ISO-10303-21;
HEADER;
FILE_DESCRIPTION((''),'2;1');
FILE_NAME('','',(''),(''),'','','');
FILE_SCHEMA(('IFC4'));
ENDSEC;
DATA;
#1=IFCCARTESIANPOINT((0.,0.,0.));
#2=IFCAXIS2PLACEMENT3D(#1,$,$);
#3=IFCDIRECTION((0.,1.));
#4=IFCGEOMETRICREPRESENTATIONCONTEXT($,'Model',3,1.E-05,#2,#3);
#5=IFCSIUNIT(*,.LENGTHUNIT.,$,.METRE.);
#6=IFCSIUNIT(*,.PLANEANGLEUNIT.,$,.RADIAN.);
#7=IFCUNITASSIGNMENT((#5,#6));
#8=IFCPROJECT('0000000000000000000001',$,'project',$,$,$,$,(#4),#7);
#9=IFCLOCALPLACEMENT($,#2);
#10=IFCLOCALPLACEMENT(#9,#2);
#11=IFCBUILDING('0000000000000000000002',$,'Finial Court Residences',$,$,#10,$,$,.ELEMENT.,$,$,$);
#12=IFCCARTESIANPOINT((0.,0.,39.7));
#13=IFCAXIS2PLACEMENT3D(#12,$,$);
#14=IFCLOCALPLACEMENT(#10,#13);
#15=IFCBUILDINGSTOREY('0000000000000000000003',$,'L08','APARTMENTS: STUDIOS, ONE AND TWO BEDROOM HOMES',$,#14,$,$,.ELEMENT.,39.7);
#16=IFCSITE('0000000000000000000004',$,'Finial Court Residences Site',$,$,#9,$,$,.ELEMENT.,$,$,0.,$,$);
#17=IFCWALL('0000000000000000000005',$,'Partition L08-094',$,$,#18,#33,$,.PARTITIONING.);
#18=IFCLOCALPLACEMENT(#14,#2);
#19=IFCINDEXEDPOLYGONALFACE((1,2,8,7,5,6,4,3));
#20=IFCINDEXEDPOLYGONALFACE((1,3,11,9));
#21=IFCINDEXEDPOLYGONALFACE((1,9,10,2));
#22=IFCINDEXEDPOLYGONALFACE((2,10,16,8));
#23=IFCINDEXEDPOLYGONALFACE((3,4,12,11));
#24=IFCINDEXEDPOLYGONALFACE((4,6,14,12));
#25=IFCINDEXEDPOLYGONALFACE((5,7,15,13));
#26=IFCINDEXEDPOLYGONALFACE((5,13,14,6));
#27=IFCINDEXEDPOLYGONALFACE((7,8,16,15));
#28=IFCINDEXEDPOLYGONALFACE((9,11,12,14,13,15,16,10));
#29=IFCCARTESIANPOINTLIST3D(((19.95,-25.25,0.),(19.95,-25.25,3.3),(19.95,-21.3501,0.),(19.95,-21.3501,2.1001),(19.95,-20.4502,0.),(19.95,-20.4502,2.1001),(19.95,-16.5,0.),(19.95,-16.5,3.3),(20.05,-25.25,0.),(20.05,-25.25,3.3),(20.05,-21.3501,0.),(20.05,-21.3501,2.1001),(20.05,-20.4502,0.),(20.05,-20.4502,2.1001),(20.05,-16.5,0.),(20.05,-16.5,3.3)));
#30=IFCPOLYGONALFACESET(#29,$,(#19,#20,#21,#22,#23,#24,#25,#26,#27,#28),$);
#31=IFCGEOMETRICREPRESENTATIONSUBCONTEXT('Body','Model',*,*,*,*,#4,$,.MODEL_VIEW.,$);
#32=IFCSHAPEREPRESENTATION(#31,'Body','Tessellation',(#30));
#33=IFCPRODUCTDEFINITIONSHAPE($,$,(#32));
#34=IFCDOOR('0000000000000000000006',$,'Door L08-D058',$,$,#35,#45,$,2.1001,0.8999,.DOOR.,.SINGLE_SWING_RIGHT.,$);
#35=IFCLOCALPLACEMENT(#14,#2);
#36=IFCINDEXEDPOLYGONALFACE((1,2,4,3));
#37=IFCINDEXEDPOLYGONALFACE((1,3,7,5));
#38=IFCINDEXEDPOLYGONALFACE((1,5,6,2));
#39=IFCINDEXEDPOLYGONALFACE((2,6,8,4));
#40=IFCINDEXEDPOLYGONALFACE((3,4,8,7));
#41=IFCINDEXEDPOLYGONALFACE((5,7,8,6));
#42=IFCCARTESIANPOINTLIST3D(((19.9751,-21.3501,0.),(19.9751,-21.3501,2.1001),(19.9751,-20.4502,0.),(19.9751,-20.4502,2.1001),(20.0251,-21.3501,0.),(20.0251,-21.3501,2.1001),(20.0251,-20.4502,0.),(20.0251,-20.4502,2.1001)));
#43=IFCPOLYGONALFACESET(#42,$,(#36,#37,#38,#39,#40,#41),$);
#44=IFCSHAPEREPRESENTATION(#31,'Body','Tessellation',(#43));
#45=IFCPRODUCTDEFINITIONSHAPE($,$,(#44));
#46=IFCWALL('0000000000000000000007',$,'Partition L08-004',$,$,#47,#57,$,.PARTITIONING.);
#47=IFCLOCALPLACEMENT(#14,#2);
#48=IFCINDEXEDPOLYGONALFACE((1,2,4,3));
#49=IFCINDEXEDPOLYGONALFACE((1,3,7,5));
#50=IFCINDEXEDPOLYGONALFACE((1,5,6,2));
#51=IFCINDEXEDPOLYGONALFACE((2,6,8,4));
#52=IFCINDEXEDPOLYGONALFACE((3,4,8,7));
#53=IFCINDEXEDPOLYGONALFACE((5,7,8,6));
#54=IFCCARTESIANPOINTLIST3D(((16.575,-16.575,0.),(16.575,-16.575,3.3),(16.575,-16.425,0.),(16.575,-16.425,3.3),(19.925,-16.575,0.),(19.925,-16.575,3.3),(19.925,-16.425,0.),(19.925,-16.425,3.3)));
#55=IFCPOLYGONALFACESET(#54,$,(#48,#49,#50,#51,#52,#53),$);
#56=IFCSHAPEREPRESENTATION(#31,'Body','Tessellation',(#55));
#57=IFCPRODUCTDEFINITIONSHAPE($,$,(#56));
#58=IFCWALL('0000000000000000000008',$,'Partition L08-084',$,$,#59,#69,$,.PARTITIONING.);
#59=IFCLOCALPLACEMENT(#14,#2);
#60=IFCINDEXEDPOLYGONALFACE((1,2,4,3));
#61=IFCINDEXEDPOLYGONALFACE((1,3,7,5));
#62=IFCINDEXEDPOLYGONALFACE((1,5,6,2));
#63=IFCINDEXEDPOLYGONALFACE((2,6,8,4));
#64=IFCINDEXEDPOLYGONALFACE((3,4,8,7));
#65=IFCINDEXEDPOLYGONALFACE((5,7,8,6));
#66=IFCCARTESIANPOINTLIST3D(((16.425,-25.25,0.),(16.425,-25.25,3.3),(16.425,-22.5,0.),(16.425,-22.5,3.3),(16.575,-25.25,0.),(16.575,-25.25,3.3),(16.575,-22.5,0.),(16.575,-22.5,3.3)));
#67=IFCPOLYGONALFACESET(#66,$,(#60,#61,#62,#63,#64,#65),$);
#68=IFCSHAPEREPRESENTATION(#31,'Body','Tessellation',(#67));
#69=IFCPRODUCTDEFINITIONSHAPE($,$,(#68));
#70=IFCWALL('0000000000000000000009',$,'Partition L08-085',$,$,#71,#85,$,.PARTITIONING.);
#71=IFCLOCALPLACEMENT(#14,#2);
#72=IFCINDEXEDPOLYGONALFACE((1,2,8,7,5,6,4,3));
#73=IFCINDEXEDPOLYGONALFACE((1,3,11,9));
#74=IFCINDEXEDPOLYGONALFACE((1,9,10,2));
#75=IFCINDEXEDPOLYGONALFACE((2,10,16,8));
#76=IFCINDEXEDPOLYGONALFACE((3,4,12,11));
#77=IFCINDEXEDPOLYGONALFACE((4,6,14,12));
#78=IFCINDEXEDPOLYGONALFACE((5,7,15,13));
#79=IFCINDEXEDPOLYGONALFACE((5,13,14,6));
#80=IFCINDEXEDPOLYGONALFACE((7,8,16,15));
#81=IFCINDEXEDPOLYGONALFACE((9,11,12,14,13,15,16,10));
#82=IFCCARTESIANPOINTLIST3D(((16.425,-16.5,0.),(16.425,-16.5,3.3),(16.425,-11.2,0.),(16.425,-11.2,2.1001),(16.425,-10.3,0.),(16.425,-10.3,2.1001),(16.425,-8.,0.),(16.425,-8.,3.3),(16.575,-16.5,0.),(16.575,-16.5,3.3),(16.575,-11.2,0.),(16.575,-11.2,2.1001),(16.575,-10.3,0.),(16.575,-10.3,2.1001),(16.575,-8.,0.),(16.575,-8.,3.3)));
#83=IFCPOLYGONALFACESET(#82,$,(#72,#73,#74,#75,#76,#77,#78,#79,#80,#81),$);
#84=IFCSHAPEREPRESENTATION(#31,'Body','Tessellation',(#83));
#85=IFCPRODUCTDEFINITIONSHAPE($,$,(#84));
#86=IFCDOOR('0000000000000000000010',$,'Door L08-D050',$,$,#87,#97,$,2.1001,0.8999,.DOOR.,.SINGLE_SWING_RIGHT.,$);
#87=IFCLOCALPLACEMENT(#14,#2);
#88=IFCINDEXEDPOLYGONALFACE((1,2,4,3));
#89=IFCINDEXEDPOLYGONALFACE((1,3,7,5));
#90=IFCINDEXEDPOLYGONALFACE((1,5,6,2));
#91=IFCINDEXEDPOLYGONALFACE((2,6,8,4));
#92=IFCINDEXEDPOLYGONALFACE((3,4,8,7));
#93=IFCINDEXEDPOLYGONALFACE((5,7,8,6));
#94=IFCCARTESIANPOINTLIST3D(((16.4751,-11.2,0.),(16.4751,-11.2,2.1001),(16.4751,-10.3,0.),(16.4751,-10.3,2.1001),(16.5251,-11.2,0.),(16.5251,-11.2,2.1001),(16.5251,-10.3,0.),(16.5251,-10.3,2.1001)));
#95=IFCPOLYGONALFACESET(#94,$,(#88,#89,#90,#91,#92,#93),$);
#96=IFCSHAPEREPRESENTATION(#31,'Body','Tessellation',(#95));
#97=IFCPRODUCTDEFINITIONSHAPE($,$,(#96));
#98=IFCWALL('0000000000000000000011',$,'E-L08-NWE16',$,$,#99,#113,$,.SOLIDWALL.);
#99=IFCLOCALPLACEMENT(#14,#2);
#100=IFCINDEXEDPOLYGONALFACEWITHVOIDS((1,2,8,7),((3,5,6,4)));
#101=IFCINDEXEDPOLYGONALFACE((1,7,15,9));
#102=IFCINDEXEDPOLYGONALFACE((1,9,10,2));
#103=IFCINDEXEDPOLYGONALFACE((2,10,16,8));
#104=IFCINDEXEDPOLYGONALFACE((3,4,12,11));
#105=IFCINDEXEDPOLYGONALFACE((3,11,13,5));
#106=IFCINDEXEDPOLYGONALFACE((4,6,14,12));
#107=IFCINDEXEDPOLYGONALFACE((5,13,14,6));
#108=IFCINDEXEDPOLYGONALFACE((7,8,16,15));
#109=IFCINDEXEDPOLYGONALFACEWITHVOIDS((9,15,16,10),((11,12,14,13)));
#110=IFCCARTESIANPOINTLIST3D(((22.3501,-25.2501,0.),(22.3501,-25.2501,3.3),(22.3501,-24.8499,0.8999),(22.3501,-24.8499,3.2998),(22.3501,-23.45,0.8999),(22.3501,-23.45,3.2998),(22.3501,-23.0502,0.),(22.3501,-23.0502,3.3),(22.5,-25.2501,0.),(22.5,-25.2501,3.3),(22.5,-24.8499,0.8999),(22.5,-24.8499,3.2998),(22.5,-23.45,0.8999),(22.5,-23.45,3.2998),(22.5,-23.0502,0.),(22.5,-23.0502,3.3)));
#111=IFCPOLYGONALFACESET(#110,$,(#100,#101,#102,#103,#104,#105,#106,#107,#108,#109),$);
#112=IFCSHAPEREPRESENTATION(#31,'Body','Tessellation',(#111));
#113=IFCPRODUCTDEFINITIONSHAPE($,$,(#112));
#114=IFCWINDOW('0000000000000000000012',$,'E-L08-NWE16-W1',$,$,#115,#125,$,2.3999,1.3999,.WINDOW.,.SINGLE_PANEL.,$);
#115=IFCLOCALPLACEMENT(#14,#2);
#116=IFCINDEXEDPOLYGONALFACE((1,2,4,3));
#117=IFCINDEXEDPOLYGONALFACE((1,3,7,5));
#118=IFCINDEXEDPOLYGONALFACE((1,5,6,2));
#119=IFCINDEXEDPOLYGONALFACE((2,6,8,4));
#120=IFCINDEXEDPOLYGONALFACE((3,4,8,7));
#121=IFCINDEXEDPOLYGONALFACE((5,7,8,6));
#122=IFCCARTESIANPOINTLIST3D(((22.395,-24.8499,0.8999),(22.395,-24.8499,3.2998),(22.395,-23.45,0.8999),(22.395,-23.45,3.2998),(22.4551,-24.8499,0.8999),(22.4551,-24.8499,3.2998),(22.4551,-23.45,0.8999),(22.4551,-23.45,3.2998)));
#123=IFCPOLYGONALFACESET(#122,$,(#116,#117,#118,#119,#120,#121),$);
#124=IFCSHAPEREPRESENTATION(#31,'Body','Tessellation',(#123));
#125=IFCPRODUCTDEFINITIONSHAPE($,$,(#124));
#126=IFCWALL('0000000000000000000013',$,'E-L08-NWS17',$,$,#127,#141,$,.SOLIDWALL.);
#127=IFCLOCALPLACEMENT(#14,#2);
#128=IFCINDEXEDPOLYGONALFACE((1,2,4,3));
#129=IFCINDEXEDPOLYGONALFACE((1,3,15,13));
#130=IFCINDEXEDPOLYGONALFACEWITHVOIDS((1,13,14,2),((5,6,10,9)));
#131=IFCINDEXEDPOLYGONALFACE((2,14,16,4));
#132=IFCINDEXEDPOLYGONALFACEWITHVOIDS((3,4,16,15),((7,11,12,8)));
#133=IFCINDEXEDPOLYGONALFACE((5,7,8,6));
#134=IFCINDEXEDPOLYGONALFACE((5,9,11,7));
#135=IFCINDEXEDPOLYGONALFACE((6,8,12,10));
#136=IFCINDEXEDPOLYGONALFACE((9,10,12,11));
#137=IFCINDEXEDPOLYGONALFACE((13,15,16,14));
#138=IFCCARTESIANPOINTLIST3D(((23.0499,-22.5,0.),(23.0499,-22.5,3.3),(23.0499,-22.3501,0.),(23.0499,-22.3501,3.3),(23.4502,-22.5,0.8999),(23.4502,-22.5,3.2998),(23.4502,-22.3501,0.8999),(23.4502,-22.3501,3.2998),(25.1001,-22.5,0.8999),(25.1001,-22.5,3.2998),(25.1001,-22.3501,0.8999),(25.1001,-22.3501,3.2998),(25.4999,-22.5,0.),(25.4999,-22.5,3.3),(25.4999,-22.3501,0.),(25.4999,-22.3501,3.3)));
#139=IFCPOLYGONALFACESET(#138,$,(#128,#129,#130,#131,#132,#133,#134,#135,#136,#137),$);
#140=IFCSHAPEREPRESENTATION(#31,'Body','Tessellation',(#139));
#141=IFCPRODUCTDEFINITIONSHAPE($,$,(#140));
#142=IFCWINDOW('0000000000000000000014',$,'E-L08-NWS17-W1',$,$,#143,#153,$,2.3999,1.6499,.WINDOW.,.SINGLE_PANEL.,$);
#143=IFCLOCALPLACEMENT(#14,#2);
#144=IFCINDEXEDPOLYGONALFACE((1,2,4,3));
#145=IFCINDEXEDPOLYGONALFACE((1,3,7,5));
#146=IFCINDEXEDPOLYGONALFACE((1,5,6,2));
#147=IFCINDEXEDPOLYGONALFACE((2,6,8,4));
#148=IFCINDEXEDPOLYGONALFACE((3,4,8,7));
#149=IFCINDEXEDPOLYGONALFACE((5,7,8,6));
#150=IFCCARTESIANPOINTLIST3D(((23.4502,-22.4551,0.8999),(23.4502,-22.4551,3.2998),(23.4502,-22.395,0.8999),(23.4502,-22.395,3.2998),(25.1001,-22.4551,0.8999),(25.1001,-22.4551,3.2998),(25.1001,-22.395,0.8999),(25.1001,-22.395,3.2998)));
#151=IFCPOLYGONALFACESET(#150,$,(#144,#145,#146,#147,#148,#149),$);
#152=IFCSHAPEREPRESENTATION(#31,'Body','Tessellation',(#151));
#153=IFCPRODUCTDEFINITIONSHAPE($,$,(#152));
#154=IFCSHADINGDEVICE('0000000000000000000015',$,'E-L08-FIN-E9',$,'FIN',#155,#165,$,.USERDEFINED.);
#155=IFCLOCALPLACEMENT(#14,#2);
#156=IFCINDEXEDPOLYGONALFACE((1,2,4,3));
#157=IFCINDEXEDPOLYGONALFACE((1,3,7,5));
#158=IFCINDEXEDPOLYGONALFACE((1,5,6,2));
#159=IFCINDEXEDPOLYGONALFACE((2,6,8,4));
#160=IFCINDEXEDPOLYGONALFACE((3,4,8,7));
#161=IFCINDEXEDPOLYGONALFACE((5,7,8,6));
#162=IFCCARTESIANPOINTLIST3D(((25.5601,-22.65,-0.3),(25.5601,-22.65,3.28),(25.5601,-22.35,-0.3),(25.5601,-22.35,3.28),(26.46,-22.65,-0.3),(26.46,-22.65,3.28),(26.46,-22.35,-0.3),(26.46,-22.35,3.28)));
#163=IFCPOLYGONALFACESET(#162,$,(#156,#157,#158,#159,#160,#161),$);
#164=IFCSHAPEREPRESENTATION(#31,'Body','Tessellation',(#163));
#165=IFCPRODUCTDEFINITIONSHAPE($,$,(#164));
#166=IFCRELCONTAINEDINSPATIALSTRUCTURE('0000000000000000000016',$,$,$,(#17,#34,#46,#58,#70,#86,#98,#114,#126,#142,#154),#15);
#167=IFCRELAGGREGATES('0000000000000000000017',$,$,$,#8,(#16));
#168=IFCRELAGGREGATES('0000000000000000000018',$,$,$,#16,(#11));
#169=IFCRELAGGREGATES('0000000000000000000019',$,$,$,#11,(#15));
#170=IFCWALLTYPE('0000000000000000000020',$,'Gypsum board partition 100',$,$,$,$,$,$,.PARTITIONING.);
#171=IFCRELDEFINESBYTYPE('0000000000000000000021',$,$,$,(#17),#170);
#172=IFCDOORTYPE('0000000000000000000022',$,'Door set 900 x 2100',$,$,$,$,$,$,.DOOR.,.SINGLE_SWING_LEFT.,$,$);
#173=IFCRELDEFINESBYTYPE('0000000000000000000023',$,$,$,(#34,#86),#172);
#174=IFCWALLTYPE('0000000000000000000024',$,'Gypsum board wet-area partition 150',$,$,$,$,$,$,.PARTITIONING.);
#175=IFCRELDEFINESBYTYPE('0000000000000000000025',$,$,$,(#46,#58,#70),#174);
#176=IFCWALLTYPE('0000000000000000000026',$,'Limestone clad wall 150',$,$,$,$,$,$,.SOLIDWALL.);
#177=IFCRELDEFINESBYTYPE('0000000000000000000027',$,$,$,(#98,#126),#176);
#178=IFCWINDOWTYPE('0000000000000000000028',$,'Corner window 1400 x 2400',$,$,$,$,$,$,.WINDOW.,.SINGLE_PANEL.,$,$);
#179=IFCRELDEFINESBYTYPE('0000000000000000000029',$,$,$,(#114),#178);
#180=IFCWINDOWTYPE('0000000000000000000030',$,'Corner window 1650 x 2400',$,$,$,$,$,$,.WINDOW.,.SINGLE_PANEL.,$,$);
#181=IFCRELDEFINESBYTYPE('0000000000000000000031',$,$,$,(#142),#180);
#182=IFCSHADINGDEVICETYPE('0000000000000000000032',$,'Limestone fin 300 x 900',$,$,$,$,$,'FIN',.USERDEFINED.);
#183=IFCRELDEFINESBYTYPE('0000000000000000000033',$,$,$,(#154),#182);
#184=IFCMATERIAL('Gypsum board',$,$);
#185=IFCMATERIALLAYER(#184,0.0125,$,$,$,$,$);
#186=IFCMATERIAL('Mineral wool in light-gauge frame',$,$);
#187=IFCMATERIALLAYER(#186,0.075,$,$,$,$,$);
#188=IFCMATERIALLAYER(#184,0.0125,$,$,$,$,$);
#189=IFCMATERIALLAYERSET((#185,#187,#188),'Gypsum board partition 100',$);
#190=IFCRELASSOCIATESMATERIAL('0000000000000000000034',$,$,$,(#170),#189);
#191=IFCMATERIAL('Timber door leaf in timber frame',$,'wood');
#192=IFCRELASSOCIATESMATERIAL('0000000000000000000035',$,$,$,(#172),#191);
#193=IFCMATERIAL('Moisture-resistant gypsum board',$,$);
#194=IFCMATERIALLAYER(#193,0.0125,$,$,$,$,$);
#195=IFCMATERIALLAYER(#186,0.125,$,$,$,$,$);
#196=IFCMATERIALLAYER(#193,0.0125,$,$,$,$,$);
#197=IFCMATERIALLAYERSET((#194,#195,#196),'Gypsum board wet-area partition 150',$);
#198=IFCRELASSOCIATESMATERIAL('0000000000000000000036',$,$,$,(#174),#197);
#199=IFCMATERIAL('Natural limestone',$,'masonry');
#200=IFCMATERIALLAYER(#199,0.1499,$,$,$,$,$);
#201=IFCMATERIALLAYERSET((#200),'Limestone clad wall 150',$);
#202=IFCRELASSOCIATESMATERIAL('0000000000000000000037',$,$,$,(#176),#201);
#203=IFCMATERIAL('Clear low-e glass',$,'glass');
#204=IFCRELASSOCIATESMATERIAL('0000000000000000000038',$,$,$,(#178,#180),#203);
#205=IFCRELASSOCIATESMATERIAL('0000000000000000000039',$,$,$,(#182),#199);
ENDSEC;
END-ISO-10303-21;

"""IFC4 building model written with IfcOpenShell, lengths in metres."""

from ifc_helpers import new_model, si_unit, direction, frame, frame_2d, origin, origin_2d, place, context, subcontext, project, spatial, rectangle, extrude, material, layer, layer_set, type_object, element, fill, save


model = new_model("IFC4")

# Units and contexts
model_context = context("Model", 3, precision=1e-05, world=origin(), true_north=direction((0.0, 1.0)))
body_context = subcontext(model_context, "Body", "Model", "MODEL_VIEW")
ifc_project = project(units=[si_unit("LENGTHUNIT", "METRE"), si_unit("PLANEANGLEUNIT", "RADIAN")], contexts=[model_context])

# Site, building, storey
site_placement = place(None, origin())
site = spatial("IfcSite", under=ifc_project, at=site_placement, Name="Finial Court Residences Site", CompositionType="ELEMENT", RefElevation=0.0)
building_placement = place(site_placement, origin())
building = spatial("IfcBuilding", under=site, at=building_placement, Name="Finial Court Residences", CompositionType="ELEMENT")
storey_placement = place(building_placement, frame((0.0, 0.0, 39.7)))
storey = spatial("IfcBuildingStorey", under=building, at=storey_placement, Name="L08", Description="APARTMENTS: STUDIOS, ONE AND TWO BEDROOM HOMES", CompositionType="ELEMENT", Elevation=39.7)

# Shared definitions
ifc_material_1 = material(Name="Clear low-e glass", Category="glass")

# Shared definitions
ifc_material_2 = material(Name="Gypsum board")
ifc_layer_1 = layer(ifc_material_2, 0.0125)
ifc_material_3 = material(Name="Mineral wool in light-gauge frame")
ifc_layer_2 = layer(ifc_material_3, 0.075)
ifc_layer_3 = layer(ifc_material_2, 0.0125)
ifc_layer_set_1 = layer_set([ifc_layer_1, ifc_layer_2, ifc_layer_3], Name="Gypsum board partition 100")
wall_type_1 = type_object("IfcWallType", Name="Gypsum board partition 100", PredefinedType="PARTITIONING", material=ifc_layer_set_1)

# Wall, opening, door
wall_1_placement = place(storey_placement, frame((20.0, -25.25, 0.0), z_axis=(0.0, 0.0, 1.0), x_axis=(0.0, 1.0, 0.0)))
wall_1 = element("IfcWall", 1, at=wall_1_placement, inside=storey, type_object=wall_type_1, Name="Partition L08-094", PredefinedType="PARTITIONING", context=body_context, shape_type="SweptSolid", body=[
    extrude(rectangle(XDim=8.75, YDim=0.1001, at=frame_2d((4.375, 0.0))), origin(), (0.0, 0.0, 1.0), 3.3),
])
opening_1_placement = place(wall_1_placement, frame((3.8999, 0.0, 0.0)))
opening_1 = element("IfcOpeningElement", 2, at=opening_1_placement, cuts=wall_1, PredefinedType="OPENING", context=body_context, shape_type="SweptSolid", body=[
    extrude(rectangle(XDim=0.8999, YDim=2.1001, at=frame_2d((0.45, 1.05))), frame((0.0, 0.0601, 0.0), z_axis=(0.0, -1.0, 0.0), x_axis=(1.0, 0.0, 0.0)), (0.0, 0.0, 1.0), 0.1201),
])
ifc_material_4 = material(Name="Timber door leaf in timber frame", Category="wood")
door_type = type_object("IfcDoorType", Name="Door set 900 x 2100", OperationType="SINGLE_SWING_LEFT", PredefinedType="DOOR", material=ifc_material_4)
door_1_placement = place(opening_1_placement, origin())
door_1 = element("IfcDoor", 3, at=door_1_placement, inside=storey, type_object=door_type, Name="Door L08-D058", OperationType="SINGLE_SWING_RIGHT", OverallHeight=2.1001, OverallWidth=0.8999, PredefinedType="DOOR", context=body_context, shape_type="SweptSolid", body=[
    extrude(rectangle(XDim=0.8999, YDim=2.1001, at=frame_2d((0.45, 1.05))), frame((0.0, 0.0249, 0.0), z_axis=(0.0, -1.0, 0.0), x_axis=(1.0, 0.0, 0.0)), (0.0, 0.0, 1.0), 0.05),
])
fill(opening_1, door_1)

# Walls
ifc_material_5 = material(Name="Moisture-resistant gypsum board")
ifc_layer_4 = layer(ifc_material_5, 0.0125)
ifc_layer_5 = layer(ifc_material_3, 0.125)
ifc_layer_6 = layer(ifc_material_5, 0.0125)
ifc_layer_set_2 = layer_set([ifc_layer_4, ifc_layer_5, ifc_layer_6], Name="Gypsum board wet-area partition 150")
wall_type_2 = type_object("IfcWallType", Name="Gypsum board wet-area partition 150", PredefinedType="PARTITIONING", material=ifc_layer_set_2)
wall_2_placement = place(storey_placement, frame((16.575, -16.5, 0.0), z_axis=(0.0, 0.0, 1.0), x_axis=(1.0, 0.0, 0.0)))
element("IfcWall", 4, at=wall_2_placement, inside=storey, type_object=wall_type_2, Name="Partition L08-004", PredefinedType="PARTITIONING", context=body_context, shape_type="SweptSolid", body=[
    extrude(rectangle(XDim=3.3501, YDim=0.1499, at=frame_2d((1.675, 0.0))), origin(), (0.0, 0.0, 1.0), 3.3),
])
wall_3_placement = place(storey_placement, frame((16.5, -25.25, 0.0), z_axis=(0.0, 0.0, 1.0), x_axis=(0.0, 1.0, 0.0)))
element("IfcWall", 5, at=wall_3_placement, inside=storey, type_object=wall_type_2, Name="Partition L08-084", PredefinedType="PARTITIONING", context=body_context, shape_type="SweptSolid", body=[
    extrude(rectangle(XDim=2.75, YDim=0.1499, at=frame_2d((1.375, 0.0))), origin(), (0.0, 0.0, 1.0), 3.3),
])

# Wall, opening, door
wall_4_placement = place(storey_placement, frame((16.5, -16.5, 0.0), z_axis=(0.0, 0.0, 1.0), x_axis=(0.0, 1.0, 0.0)))
wall_4 = element("IfcWall", 6, at=wall_4_placement, inside=storey, type_object=wall_type_2, Name="Partition L08-085", PredefinedType="PARTITIONING", context=body_context, shape_type="SweptSolid", body=[
    extrude(rectangle(XDim=8.5, YDim=0.1499, at=frame_2d((4.25, 0.0))), origin(), (0.0, 0.0, 1.0), 3.3),
])
opening_2_placement = place(wall_4_placement, frame((5.3, 0.0, 0.0)))
opening_2 = element("IfcOpeningElement", 7, at=opening_2_placement, cuts=wall_4, PredefinedType="OPENING", context=body_context, shape_type="SweptSolid", body=[
    extrude(rectangle(XDim=0.8999, YDim=2.1001, at=frame_2d((0.45, 1.05))), frame((0.0, 0.085, 0.0), z_axis=(0.0, -1.0, 0.0), x_axis=(1.0, 0.0, 0.0)), (0.0, 0.0, 1.0), 0.1699),
])
door_2_placement = place(opening_2_placement, origin())
door_2 = element("IfcDoor", 8, at=door_2_placement, inside=storey, type_object=door_type, Name="Door L08-D050", OperationType="SINGLE_SWING_RIGHT", OverallHeight=2.1001, OverallWidth=0.8999, PredefinedType="DOOR", context=body_context, shape_type="SweptSolid", body=[
    extrude(rectangle(XDim=0.8999, YDim=2.1001, at=frame_2d((0.45, 1.05))), frame((0.0, 0.0249, 0.0), z_axis=(0.0, -1.0, 0.0), x_axis=(1.0, 0.0, 0.0)), (0.0, 0.0, 1.0), 0.05),
])
fill(opening_2, door_2)

# Walls, openings, windows
ifc_material_6 = material(Name="Natural limestone", Category="masonry")
ifc_layer_7 = layer(ifc_material_6, 0.1499)
ifc_layer_set_3 = layer_set([ifc_layer_7], Name="Limestone clad wall 150")
wall_type_3 = type_object("IfcWallType", Name="Limestone clad wall 150", PredefinedType="SOLIDWALL", material=ifc_layer_set_3)
wall_5_placement = place(storey_placement, frame((22.425, -23.05, 0.0), z_axis=(0.0, 0.0, 1.0), x_axis=(0.0, -1.0, 0.0)))
wall_5 = element("IfcWall", 9, at=wall_5_placement, inside=storey, type_object=wall_type_3, Name="E-L08-NWE16", PredefinedType="SOLIDWALL", context=body_context, shape_type="SweptSolid", body=[
    extrude(rectangle(XDim=2.2, YDim=0.1499, at=frame_2d((1.1001, 0.0))), origin(), (0.0, 0.0, 1.0), 3.3),
])
opening_3_placement = place(wall_5_placement, frame((0.3999, 0.0, 0.8999)))
opening_3 = element("IfcOpeningElement", 10, at=opening_3_placement, cuts=wall_5, PredefinedType="OPENING", context=body_context, shape_type="SweptSolid", body=[
    extrude(rectangle(XDim=1.3999, YDim=2.3999, at=frame_2d((0.7, 1.2))), frame((0.0, 0.085, 0.0), z_axis=(0.0, -1.0, 0.0), x_axis=(1.0, 0.0, 0.0)), (0.0, 0.0, 1.0), 0.1699),
])
window_type_1 = type_object("IfcWindowType", Name="Corner window 1400 x 2400", PartitioningType="SINGLE_PANEL", PredefinedType="WINDOW", material=ifc_material_1)
window_1_placement = place(opening_3_placement, origin())
window_1 = element("IfcWindow", 11, at=window_1_placement, inside=storey, type_object=window_type_1, Name="E-L08-NWE16-W1", OverallHeight=2.3999, OverallWidth=1.3999, PartitioningType="SINGLE_PANEL", PredefinedType="WINDOW", context=body_context, shape_type="SweptSolid", body=[
    extrude(rectangle(XDim=1.3999, YDim=2.3999, at=frame_2d((0.7, 1.2))), frame((0.0, 0.03, 0.0), z_axis=(0.0, -1.0, 0.0), x_axis=(1.0, 0.0, 0.0)), (0.0, 0.0, 1.0), 0.0601),
])
fill(opening_3, window_1)
wall_6_placement = place(storey_placement, frame((25.5, -22.425, 0.0), z_axis=(0.0, 0.0, 1.0), x_axis=(-1.0, 0.0, 0.0)))
wall_6 = element("IfcWall", 12, at=wall_6_placement, inside=storey, type_object=wall_type_3, Name="E-L08-NWS17", PredefinedType="SOLIDWALL", context=body_context, shape_type="SweptSolid", body=[
    extrude(rectangle(XDim=2.45, YDim=0.1499, at=frame_2d((1.2251, 0.0))), origin(), (0.0, 0.0, 1.0), 3.3),
])
opening_4_placement = place(wall_6_placement, frame((0.3999, 0.0, 0.8999)))
opening_4 = element("IfcOpeningElement", 13, at=opening_4_placement, cuts=wall_6, PredefinedType="OPENING", context=body_context, shape_type="SweptSolid", body=[
    extrude(rectangle(XDim=1.6499, YDim=2.3999, at=frame_2d((0.825, 1.2))), frame((0.0, 0.085, 0.0), z_axis=(0.0, -1.0, 0.0), x_axis=(1.0, 0.0, 0.0)), (0.0, 0.0, 1.0), 0.1699),
])
window_type_2 = type_object("IfcWindowType", Name="Corner window 1650 x 2400", PartitioningType="SINGLE_PANEL", PredefinedType="WINDOW", material=ifc_material_1)
window_2_placement = place(opening_4_placement, origin())
window_2 = element("IfcWindow", 14, at=window_2_placement, inside=storey, type_object=window_type_2, Name="E-L08-NWS17-W1", OverallHeight=2.3999, OverallWidth=1.6499, PartitioningType="SINGLE_PANEL", PredefinedType="WINDOW", context=body_context, shape_type="SweptSolid", body=[
    extrude(rectangle(XDim=1.6499, YDim=2.3999, at=frame_2d((0.825, 1.2))), frame((0.0, 0.03, 0.0), z_axis=(0.0, -1.0, 0.0), x_axis=(1.0, 0.0, 0.0)), (0.0, 0.0, 1.0), 0.0601),
])
fill(opening_4, window_2)

# Shading device
shading_device_type = type_object("IfcShadingDeviceType", Name="Limestone fin 300 x 900", ElementType="FIN", PredefinedType="USERDEFINED", material=ifc_material_6)
shading_device_placement = place(storey_placement, frame((26.01, -22.5, -0.3), z_axis=(0.0, 0.0, 1.0), x_axis=(1.0, 0.0, 0.0)))
element("IfcShadingDevice", 15, at=shading_device_placement, inside=storey, type_object=shading_device_type, Name="E-L08-FIN-E9", ObjectType="FIN", PredefinedType="USERDEFINED", context=body_context, shape_type="SweptSolid", body=[
    extrude(rectangle(XDim=0.8999, YDim=0.3, at=origin_2d()), origin(), (0.0, 0.0, 1.0), 3.5801),
])

save(model, "model.ifc")
